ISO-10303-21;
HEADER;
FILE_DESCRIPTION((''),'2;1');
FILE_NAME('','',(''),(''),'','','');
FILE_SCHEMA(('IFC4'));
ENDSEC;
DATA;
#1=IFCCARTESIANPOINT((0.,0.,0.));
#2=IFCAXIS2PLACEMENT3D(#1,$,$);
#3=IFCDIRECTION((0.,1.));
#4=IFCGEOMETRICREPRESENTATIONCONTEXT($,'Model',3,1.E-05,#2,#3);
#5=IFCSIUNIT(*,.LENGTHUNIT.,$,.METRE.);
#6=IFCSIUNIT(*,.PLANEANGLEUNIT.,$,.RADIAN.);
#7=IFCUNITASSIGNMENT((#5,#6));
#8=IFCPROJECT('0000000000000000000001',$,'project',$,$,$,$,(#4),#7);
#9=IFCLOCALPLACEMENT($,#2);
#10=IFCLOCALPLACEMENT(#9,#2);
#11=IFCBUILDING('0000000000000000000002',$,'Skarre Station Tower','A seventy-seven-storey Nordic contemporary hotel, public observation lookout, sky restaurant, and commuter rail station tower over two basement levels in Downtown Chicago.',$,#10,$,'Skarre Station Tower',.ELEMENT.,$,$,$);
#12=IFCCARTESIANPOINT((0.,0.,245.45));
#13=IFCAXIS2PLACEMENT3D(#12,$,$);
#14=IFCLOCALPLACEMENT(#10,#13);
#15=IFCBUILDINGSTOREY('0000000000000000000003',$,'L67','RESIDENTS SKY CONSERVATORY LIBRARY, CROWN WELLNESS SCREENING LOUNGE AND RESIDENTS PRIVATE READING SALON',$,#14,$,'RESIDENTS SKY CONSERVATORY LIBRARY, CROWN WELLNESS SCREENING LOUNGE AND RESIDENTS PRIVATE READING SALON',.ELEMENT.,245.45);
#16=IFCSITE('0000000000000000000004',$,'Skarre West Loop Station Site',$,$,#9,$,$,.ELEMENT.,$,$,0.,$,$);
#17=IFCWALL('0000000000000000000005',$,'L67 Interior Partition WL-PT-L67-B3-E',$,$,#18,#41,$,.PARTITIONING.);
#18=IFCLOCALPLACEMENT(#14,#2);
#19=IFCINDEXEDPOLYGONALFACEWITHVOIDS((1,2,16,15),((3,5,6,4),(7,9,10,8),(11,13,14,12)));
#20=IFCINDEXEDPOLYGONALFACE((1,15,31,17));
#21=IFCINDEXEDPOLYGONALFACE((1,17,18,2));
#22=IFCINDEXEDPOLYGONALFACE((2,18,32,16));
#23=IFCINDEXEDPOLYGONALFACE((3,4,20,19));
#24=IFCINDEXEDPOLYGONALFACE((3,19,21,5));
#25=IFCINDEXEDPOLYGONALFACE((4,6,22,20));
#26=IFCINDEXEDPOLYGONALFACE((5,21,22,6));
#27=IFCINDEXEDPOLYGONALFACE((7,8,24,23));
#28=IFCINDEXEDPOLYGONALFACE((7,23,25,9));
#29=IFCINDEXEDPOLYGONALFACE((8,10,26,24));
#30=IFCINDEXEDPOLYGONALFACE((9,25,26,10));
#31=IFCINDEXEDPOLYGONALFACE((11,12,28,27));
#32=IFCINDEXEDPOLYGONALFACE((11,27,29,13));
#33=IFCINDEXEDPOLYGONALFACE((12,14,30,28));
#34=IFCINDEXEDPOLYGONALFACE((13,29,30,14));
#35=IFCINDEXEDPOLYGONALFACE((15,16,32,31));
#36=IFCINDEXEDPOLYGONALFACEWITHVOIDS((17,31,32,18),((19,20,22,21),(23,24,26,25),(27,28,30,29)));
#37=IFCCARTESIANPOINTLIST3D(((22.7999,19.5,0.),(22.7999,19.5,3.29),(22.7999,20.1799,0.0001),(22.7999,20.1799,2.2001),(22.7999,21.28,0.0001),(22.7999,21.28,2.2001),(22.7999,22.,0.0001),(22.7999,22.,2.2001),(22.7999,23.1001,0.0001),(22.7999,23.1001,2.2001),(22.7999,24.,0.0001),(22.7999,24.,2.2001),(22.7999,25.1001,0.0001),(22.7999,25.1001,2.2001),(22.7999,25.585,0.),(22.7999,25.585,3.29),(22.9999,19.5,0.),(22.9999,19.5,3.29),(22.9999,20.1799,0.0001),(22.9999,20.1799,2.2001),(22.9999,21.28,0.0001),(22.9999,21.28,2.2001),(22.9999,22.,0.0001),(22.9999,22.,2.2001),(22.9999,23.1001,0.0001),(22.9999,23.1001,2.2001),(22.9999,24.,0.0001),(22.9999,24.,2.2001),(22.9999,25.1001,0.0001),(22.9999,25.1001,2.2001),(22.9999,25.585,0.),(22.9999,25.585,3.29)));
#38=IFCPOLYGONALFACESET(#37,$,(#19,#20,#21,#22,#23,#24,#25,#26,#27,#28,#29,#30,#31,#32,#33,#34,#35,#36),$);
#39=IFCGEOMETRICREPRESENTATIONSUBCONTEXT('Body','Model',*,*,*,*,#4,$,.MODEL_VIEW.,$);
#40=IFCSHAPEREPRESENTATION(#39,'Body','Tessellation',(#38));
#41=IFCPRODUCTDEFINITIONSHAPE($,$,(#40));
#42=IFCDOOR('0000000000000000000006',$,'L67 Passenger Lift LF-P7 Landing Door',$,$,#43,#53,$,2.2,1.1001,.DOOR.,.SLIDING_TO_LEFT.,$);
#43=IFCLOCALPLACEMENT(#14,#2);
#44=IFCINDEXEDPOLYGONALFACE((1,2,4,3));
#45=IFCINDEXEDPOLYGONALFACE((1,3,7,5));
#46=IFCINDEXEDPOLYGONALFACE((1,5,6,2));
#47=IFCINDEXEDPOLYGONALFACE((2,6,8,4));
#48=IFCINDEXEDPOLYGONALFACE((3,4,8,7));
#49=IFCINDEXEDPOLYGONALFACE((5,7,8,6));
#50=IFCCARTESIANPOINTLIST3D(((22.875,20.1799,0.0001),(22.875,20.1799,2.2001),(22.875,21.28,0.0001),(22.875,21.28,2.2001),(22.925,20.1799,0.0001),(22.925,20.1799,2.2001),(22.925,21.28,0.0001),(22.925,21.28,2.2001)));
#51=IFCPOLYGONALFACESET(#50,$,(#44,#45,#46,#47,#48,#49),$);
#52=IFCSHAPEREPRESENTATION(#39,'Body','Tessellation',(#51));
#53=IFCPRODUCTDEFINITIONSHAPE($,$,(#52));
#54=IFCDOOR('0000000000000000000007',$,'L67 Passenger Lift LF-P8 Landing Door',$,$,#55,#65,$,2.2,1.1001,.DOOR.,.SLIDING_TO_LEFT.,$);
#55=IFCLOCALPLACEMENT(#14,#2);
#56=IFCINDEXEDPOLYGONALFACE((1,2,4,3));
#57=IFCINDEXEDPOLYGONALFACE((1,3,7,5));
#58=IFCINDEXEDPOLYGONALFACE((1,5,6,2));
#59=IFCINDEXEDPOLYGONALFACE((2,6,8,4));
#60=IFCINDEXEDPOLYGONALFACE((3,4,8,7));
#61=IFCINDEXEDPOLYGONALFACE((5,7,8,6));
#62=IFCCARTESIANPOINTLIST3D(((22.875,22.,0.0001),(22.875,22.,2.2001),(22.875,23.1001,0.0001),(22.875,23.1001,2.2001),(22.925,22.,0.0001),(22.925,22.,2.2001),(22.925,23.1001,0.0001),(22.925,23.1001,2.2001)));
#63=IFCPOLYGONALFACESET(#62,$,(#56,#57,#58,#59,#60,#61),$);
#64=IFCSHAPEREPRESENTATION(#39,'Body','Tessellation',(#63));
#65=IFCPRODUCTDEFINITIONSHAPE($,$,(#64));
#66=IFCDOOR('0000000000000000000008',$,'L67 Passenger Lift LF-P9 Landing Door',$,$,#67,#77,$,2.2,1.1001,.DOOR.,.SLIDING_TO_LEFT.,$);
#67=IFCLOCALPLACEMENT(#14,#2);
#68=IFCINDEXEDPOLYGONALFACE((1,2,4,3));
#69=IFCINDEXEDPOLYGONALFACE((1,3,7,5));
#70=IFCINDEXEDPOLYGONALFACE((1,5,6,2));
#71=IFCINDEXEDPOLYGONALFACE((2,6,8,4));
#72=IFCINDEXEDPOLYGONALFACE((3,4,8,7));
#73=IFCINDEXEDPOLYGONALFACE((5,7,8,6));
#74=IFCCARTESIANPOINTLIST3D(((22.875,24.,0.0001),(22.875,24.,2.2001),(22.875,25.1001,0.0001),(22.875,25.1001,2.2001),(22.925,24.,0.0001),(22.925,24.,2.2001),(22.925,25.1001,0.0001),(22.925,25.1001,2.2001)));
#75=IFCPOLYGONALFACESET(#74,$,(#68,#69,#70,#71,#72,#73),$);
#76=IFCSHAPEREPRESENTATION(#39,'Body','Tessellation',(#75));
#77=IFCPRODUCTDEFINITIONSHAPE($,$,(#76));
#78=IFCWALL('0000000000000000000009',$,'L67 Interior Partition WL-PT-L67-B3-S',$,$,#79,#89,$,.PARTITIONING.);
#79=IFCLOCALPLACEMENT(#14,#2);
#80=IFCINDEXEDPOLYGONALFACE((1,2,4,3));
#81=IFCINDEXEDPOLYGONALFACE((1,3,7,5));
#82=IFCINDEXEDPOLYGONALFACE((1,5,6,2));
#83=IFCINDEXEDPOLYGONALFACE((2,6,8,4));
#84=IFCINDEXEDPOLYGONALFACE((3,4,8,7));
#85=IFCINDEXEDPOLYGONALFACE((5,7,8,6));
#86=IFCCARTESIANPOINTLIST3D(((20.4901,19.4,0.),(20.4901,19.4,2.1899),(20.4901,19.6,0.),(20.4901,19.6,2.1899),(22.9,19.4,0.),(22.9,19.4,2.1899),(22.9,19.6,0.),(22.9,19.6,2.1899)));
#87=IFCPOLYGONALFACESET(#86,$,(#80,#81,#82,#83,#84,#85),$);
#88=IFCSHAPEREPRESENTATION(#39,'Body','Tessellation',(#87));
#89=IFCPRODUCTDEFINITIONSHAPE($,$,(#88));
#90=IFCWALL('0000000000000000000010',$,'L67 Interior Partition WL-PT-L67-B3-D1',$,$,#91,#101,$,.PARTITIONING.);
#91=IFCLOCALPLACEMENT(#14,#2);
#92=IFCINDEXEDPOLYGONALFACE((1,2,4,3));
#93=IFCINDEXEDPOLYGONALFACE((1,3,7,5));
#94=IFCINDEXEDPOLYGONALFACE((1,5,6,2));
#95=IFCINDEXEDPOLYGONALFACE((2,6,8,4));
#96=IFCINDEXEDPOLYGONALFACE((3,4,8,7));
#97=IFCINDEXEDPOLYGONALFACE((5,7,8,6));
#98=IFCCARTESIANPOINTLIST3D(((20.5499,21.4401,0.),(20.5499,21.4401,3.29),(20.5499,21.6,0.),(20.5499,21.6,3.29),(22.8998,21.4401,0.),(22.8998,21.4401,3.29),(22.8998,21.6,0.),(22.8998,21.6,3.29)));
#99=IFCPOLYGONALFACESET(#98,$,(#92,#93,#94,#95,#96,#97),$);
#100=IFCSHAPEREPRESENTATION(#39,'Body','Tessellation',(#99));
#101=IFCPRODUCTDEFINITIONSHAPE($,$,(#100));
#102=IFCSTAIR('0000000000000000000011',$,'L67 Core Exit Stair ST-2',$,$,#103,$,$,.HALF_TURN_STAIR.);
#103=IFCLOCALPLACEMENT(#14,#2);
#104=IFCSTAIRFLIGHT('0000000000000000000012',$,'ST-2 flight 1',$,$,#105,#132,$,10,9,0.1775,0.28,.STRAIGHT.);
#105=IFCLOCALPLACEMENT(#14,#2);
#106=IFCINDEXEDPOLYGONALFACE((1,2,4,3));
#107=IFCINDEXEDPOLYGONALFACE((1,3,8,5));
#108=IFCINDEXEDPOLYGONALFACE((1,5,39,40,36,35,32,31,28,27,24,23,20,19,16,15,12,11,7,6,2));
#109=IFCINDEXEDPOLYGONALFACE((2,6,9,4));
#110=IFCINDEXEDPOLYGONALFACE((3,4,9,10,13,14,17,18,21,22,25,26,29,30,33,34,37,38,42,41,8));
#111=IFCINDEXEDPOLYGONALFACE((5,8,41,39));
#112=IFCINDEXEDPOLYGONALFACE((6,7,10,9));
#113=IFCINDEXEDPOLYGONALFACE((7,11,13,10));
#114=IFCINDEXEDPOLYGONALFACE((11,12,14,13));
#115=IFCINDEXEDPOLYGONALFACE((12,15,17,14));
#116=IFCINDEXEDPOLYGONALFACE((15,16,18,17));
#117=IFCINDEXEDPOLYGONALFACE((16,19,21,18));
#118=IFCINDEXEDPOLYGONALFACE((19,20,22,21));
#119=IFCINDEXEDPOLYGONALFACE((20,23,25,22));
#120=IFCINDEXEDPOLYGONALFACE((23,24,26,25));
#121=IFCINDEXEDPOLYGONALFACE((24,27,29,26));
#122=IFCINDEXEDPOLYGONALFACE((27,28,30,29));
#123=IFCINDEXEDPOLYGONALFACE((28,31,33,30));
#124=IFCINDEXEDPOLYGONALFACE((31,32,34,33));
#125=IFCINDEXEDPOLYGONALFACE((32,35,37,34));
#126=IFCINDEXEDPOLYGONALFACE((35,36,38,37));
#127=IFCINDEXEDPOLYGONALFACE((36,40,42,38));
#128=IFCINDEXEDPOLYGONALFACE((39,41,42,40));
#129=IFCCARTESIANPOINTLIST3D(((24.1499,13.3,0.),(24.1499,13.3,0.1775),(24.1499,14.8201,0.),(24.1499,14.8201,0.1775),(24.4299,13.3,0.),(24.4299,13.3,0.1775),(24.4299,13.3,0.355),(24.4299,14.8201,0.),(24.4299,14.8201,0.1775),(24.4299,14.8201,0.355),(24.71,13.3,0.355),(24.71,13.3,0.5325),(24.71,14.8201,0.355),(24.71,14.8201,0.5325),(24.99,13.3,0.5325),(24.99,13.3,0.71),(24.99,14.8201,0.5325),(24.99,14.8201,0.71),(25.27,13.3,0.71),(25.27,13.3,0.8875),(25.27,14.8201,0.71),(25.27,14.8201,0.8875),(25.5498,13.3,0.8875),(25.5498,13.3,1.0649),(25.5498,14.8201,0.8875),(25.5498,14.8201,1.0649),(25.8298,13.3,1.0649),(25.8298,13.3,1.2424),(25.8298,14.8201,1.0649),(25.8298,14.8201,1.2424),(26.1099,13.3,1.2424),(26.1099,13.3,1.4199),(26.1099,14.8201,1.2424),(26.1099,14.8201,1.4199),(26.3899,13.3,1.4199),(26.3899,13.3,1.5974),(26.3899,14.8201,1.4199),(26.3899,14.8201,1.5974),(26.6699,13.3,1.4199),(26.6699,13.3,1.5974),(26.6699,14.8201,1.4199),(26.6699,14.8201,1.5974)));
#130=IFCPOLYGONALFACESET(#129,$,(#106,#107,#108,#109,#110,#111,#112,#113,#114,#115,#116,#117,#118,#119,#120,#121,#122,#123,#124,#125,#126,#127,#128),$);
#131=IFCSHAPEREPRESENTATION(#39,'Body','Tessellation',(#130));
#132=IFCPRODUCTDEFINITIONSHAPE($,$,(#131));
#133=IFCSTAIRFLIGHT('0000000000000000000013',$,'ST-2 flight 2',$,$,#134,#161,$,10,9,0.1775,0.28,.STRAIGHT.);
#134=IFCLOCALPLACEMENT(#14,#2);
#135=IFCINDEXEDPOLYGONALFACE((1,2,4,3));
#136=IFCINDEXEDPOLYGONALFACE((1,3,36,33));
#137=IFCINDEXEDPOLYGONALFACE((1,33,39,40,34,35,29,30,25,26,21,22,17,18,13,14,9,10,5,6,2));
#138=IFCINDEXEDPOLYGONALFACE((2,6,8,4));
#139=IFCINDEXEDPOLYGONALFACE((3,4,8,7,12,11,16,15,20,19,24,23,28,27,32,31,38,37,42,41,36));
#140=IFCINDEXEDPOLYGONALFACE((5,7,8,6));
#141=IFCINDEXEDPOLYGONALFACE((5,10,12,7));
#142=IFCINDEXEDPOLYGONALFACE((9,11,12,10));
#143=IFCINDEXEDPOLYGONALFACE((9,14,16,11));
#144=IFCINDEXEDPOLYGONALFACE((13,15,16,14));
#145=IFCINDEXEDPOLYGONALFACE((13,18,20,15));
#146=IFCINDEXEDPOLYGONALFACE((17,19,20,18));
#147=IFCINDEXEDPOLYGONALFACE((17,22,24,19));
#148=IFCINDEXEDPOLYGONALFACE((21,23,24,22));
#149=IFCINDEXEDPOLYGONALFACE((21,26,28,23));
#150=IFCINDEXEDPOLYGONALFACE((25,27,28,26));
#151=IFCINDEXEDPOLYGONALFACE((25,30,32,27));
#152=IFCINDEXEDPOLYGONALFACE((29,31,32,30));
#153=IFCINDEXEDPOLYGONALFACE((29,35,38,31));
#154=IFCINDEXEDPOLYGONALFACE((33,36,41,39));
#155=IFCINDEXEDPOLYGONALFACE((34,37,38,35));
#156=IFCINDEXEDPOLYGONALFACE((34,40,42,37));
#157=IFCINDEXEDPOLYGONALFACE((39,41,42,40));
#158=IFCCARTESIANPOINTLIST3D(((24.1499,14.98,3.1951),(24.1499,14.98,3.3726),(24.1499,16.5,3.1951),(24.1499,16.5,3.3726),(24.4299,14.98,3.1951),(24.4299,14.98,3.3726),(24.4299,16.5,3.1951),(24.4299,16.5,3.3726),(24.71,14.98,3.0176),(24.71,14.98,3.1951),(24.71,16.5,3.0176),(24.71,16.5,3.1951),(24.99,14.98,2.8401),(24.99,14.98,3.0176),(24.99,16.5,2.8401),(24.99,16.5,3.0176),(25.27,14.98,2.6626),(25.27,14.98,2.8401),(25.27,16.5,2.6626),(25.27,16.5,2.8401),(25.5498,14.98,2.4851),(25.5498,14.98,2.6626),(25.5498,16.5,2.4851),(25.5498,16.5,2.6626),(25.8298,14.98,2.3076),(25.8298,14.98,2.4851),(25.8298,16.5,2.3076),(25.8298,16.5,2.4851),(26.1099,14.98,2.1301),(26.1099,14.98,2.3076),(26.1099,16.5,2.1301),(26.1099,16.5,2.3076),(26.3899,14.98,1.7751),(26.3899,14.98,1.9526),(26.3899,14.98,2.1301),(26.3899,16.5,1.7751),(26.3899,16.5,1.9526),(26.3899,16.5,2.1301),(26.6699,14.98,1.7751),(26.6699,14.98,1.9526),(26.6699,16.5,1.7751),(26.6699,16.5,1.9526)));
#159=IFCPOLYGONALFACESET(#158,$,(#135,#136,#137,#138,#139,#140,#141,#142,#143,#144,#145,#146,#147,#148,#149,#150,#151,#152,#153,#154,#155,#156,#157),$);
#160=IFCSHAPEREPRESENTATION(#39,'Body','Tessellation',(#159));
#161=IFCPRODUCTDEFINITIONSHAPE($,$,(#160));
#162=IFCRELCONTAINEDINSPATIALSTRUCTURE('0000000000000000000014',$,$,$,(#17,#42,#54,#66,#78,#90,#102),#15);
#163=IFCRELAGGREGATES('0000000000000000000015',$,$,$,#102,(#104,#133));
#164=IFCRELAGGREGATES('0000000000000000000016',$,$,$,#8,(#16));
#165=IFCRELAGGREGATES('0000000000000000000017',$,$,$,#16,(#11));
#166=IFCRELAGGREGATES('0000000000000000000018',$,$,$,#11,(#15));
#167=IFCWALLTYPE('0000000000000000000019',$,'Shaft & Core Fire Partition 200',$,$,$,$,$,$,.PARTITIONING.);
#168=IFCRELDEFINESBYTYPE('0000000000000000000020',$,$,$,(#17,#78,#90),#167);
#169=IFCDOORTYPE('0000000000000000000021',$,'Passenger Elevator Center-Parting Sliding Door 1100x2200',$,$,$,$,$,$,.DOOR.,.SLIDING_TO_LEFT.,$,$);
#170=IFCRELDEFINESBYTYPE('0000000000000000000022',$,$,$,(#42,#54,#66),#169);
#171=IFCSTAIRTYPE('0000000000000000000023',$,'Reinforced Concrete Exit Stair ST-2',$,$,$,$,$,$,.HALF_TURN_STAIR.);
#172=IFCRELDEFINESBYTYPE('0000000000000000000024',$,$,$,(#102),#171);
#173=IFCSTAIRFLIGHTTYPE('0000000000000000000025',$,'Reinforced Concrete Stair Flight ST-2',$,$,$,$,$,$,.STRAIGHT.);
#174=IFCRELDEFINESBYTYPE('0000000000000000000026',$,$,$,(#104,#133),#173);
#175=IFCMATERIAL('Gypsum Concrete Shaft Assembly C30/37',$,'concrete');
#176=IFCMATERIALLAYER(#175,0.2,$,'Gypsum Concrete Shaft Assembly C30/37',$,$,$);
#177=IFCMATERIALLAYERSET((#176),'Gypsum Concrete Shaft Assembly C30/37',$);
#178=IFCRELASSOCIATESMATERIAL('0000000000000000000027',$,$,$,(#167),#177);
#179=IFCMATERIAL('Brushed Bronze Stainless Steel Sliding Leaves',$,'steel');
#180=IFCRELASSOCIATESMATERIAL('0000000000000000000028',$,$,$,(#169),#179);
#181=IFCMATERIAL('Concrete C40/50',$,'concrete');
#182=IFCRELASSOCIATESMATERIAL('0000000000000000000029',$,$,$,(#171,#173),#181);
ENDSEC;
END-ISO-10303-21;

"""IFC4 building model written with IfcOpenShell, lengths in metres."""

from ifc_helpers import new_model, si_unit, direction, frame, frame_2d, origin, place, context, subcontext, project, spatial, polyline, rectangle, outline, extrude, material, layer, layer_set, type_object, element, fill, aggregate, save


model = new_model("IFC4")

# Units and contexts
model_context = context("Model", 3, precision=1e-05, world=origin(), true_north=direction((0.0, 1.0)))
body_context = subcontext(model_context, "Body", "Model", "MODEL_VIEW")
ifc_project = project(units=[si_unit("LENGTHUNIT", "METRE"), si_unit("PLANEANGLEUNIT", "RADIAN")], contexts=[model_context])

# Site, building, storey
site_placement = place(None, origin())
site = spatial("IfcSite", under=ifc_project, at=site_placement, Name="Skarre West Loop Station Site", CompositionType="ELEMENT", RefElevation=0.0)
building_placement = place(site_placement, origin())
building = spatial("IfcBuilding", under=site, at=building_placement, Name="Skarre Station Tower", Description="A seventy-seven-storey Nordic contemporary hotel, public observation lookout, sky restaurant, and commuter rail station tower over two basement levels in Downtown Chicago.", LongName="Skarre Station Tower", CompositionType="ELEMENT")
storey_placement = place(building_placement, frame((0.0, 0.0, 245.45)))
storey = spatial("IfcBuildingStorey", under=building, at=storey_placement, Name="L67", Description="RESIDENTS SKY CONSERVATORY LIBRARY, CROWN WELLNESS SCREENING LOUNGE AND RESIDENTS PRIVATE READING SALON", LongName="RESIDENTS SKY CONSERVATORY LIBRARY, CROWN WELLNESS SCREENING LOUNGE AND RESIDENTS PRIVATE READING SALON", CompositionType="ELEMENT", Elevation=245.45)

# Wall, openings, doors
ifc_material_1 = material(Name="Gypsum Concrete Shaft Assembly C30/37", Category="concrete")
ifc_layer_1 = layer(ifc_material_1, 0.2, Name="Gypsum Concrete Shaft Assembly C30/37")
ifc_layer_set_1 = layer_set([ifc_layer_1], Name="Gypsum Concrete Shaft Assembly C30/37")
wall_type_1 = type_object("IfcWallType", Name="Shaft & Core Fire Partition 200", PredefinedType="PARTITIONING", material=ifc_layer_set_1)
wall_1_placement = place(storey_placement, frame((22.8999, 19.5, 0.0), z_axis=(0.0, 0.0, 1.0), x_axis=(0.0, 1.0, 0.0)))
wall_1 = element("IfcWall", 1, at=wall_1_placement, inside=storey, type_object=wall_type_1, Name="L67 Interior Partition WL-PT-L67-B3-E", PredefinedType="PARTITIONING", context=body_context, shape_type="SweptSolid", body=[
    extrude(rectangle(XDim=6.085, YDim=0.2, at=frame_2d((3.0425, 0.0))), origin(), (0.0, 0.0, 1.0), 3.29),
])
opening_1_placement = place(wall_1_placement, frame((0.6799, 0.0, 0.0)))
opening_1 = element("IfcOpeningElement", 2, at=opening_1_placement, cuts=wall_1, PredefinedType="OPENING", context=body_context, shape_type="SweptSolid", body=[
    extrude(rectangle(XDim=1.1001, YDim=2.2, at=frame_2d((0.55, 1.1001))), frame((0.0, 0.1099, 0.0), z_axis=(0.0, -1.0, 0.0), x_axis=(1.0, 0.0, 0.0)), (0.0, 0.0, 1.0), 0.22),
])
opening_2_placement = place(wall_1_placement, frame((2.5, 0.0, 0.0)))
opening_2 = element("IfcOpeningElement", 3, at=opening_2_placement, cuts=wall_1, PredefinedType="OPENING", context=body_context, shape_type="SweptSolid", body=[
    extrude(rectangle(XDim=1.1001, YDim=2.2, at=frame_2d((0.55, 1.1001))), frame((0.0, 0.1099, 0.0), z_axis=(0.0, -1.0, 0.0), x_axis=(1.0, 0.0, 0.0)), (0.0, 0.0, 1.0), 0.22),
])
opening_3_placement = place(wall_1_placement, frame((4.5, 0.0, 0.0)))
opening_3 = element("IfcOpeningElement", 4, at=opening_3_placement, cuts=wall_1, PredefinedType="OPENING", context=body_context, shape_type="SweptSolid", body=[
    extrude(rectangle(XDim=1.1001, YDim=2.2, at=frame_2d((0.55, 1.1001))), frame((0.0, 0.1099, 0.0), z_axis=(0.0, -1.0, 0.0), x_axis=(1.0, 0.0, 0.0)), (0.0, 0.0, 1.0), 0.22),
])
ifc_material_2 = material(Name="Brushed Bronze Stainless Steel Sliding Leaves", Category="steel")
door_type_1 = type_object("IfcDoorType", Name="Passenger Elevator Center-Parting Sliding Door 1100x2200", OperationType="SLIDING_TO_LEFT", PredefinedType="DOOR", material=ifc_material_2)
door_1_placement = place(opening_1_placement, origin())
door_1 = element("IfcDoor", 5, at=door_1_placement, inside=storey, type_object=door_type_1, Name="L67 Passenger Lift LF-P7 Landing Door", OperationType="SLIDING_TO_LEFT", OverallHeight=2.2, OverallWidth=1.1001, PredefinedType="DOOR", context=body_context, shape_type="SweptSolid", body=[
    extrude(rectangle(XDim=1.1001, YDim=2.2, at=frame_2d((0.55, 1.1001))), frame((0.0, 0.0249, 0.0), z_axis=(0.0, -1.0, 0.0), x_axis=(1.0, 0.0, 0.0)), (0.0, 0.0, 1.0), 0.05),
])
fill(opening_1, door_1)
door_2_placement = place(opening_2_placement, origin())
door_2 = element("IfcDoor", 6, at=door_2_placement, inside=storey, type_object=door_type_1, Name="L67 Passenger Lift LF-P8 Landing Door", OperationType="SLIDING_TO_LEFT", OverallHeight=2.2, OverallWidth=1.1001, PredefinedType="DOOR", context=body_context, shape_type="SweptSolid", body=[
    extrude(rectangle(XDim=1.1001, YDim=2.2, at=frame_2d((0.55, 1.1001))), frame((0.0, 0.0249, 0.0), z_axis=(0.0, -1.0, 0.0), x_axis=(1.0, 0.0, 0.0)), (0.0, 0.0, 1.0), 0.05),
])
fill(opening_2, door_2)
door_3_placement = place(opening_3_placement, origin())
door_3 = element("IfcDoor", 7, at=door_3_placement, inside=storey, type_object=door_type_1, Name="L67 Passenger Lift LF-P9 Landing Door", OperationType="SLIDING_TO_LEFT", OverallHeight=2.2, OverallWidth=1.1001, PredefinedType="DOOR", context=body_context, shape_type="SweptSolid", body=[
    extrude(rectangle(XDim=1.1001, YDim=2.2, at=frame_2d((0.55, 1.1001))), frame((0.0, 0.0249, 0.0), z_axis=(0.0, -1.0, 0.0), x_axis=(1.0, 0.0, 0.0)), (0.0, 0.0, 1.0), 0.05),
])
fill(opening_3, door_3)

# Walls
wall_2_placement = place(storey_placement, frame((20.49, 19.5, 0.0), z_axis=(0.0, 0.0, 1.0), x_axis=(1.0, 0.0, 0.0)))
element("IfcWall", 8, at=wall_2_placement, inside=storey, type_object=wall_type_1, Name="L67 Interior Partition WL-PT-L67-B3-S", PredefinedType="PARTITIONING", context=body_context, shape_type="SweptSolid", body=[
    extrude(rectangle(XDim=2.4099, YDim=0.2, at=frame_2d((1.2051, 0.0))), origin(), (0.0, 0.0, 1.0), 2.1899),
])
wall_3_placement = place(storey_placement, frame((20.55, 21.52, 0.0), z_axis=(0.0, 0.0, 1.0), x_axis=(1.0, 0.0, 0.0)))
element("IfcWall", 9, at=wall_3_placement, inside=storey, type_object=wall_type_1, Name="L67 Interior Partition WL-PT-L67-B3-D1", PredefinedType="PARTITIONING", context=body_context, shape_type="SweptSolid", body=[
    extrude(rectangle(XDim=2.3499, YDim=0.1599, at=frame_2d((1.1748, 0.0))), origin(), (0.0, 0.0, 1.0), 3.29),
])

# Stair, stair flights
ifc_material_3 = material(Name="Concrete C40/50", Category="concrete")
stair_type = type_object("IfcStairType", Name="Reinforced Concrete Exit Stair ST-2", PredefinedType="HALF_TURN_STAIR", material=ifc_material_3)
stair_placement = place(storey_placement, origin())
stair = element("IfcStair", 10, at=stair_placement, inside=storey, type_object=stair_type, Name="L67 Core Exit Stair ST-2", PredefinedType="HALF_TURN_STAIR")
stair_flight_type = type_object("IfcStairFlightType", Name="Reinforced Concrete Stair Flight ST-2", PredefinedType="STRAIGHT", material=ifc_material_3)
stair_flight_1_placement = place(storey_placement, frame((24.1499, 14.0601, 0.0), z_axis=(0.0, 0.0, 1.0), x_axis=(1.0, 0.0, 0.0)))
stair_flight_1 = element("IfcStairFlight", 11, at=stair_flight_1_placement, type_object=stair_flight_type, Name="ST-2 flight 1", NumberOfRisers=10, NumberOfTreads=9, PredefinedType="STRAIGHT", RiserHeight=0.1775, TreadLength=0.28, context=body_context, shape_type="SweptSolid", body=[
    extrude(outline(polyline([(0.0, 0.0), (0.0, 0.1775), (0.28, 0.1775), (0.28, 0.355), (0.5601, 0.355), (0.5601, 0.5325), (0.8401, 0.5325), (0.8401, 0.71), (1.1201, 0.71), (1.1201, 0.8875), (1.3999, 0.8875), (1.3999, 1.0649), (1.6799, 1.0649), (1.6799, 1.2424), (1.96, 1.2424), (1.96, 1.4199), (2.24, 1.4199), (2.24, 1.5974), (2.52, 1.5974), (2.52, 1.7749), (2.52, 1.4199), (0.28, 0.0), (0.0, 0.0)])), frame((0.0, 0.76, 0.0), z_axis=(0.0, -1.0, 0.0), x_axis=(1.0, 0.0, 0.0)), (0.0, 0.0, 1.0), 1.52),
])
stair_flight_2_placement = place(storey_placement, frame((26.6699, 15.74, 1.7751), z_axis=(0.0, 0.0, 1.0), x_axis=(-1.0, 0.0, 0.0)))
stair_flight_2 = element("IfcStairFlight", 12, at=stair_flight_2_placement, type_object=stair_flight_type, Name="ST-2 flight 2", NumberOfRisers=10, NumberOfTreads=9, PredefinedType="STRAIGHT", RiserHeight=0.1775, TreadLength=0.28, context=body_context, shape_type="SweptSolid", body=[
    extrude(outline(polyline([(0.0, 0.0), (0.0, 0.1775), (0.28, 0.1775), (0.28, 0.355), (0.5601, 0.355), (0.5601, 0.5325), (0.8401, 0.5325), (0.8401, 0.71), (1.1201, 0.71), (1.1201, 0.8875), (1.3999, 0.8875), (1.3999, 1.0649), (1.6799, 1.0649), (1.6799, 1.2424), (1.96, 1.2424), (1.96, 1.4199), (2.24, 1.4199), (2.24, 1.5974), (2.52, 1.5974), (2.52, 1.7749), (2.52, 1.4199), (0.28, 0.0), (0.0, 0.0)])), frame((0.0, 0.76, 0.0), z_axis=(0.0, -1.0, 0.0), x_axis=(1.0, 0.0, 0.0)), (0.0, 0.0, 1.0), 1.52),
])
aggregate(stair, [stair_flight_1, stair_flight_2])

save(model, "model.ifc")
